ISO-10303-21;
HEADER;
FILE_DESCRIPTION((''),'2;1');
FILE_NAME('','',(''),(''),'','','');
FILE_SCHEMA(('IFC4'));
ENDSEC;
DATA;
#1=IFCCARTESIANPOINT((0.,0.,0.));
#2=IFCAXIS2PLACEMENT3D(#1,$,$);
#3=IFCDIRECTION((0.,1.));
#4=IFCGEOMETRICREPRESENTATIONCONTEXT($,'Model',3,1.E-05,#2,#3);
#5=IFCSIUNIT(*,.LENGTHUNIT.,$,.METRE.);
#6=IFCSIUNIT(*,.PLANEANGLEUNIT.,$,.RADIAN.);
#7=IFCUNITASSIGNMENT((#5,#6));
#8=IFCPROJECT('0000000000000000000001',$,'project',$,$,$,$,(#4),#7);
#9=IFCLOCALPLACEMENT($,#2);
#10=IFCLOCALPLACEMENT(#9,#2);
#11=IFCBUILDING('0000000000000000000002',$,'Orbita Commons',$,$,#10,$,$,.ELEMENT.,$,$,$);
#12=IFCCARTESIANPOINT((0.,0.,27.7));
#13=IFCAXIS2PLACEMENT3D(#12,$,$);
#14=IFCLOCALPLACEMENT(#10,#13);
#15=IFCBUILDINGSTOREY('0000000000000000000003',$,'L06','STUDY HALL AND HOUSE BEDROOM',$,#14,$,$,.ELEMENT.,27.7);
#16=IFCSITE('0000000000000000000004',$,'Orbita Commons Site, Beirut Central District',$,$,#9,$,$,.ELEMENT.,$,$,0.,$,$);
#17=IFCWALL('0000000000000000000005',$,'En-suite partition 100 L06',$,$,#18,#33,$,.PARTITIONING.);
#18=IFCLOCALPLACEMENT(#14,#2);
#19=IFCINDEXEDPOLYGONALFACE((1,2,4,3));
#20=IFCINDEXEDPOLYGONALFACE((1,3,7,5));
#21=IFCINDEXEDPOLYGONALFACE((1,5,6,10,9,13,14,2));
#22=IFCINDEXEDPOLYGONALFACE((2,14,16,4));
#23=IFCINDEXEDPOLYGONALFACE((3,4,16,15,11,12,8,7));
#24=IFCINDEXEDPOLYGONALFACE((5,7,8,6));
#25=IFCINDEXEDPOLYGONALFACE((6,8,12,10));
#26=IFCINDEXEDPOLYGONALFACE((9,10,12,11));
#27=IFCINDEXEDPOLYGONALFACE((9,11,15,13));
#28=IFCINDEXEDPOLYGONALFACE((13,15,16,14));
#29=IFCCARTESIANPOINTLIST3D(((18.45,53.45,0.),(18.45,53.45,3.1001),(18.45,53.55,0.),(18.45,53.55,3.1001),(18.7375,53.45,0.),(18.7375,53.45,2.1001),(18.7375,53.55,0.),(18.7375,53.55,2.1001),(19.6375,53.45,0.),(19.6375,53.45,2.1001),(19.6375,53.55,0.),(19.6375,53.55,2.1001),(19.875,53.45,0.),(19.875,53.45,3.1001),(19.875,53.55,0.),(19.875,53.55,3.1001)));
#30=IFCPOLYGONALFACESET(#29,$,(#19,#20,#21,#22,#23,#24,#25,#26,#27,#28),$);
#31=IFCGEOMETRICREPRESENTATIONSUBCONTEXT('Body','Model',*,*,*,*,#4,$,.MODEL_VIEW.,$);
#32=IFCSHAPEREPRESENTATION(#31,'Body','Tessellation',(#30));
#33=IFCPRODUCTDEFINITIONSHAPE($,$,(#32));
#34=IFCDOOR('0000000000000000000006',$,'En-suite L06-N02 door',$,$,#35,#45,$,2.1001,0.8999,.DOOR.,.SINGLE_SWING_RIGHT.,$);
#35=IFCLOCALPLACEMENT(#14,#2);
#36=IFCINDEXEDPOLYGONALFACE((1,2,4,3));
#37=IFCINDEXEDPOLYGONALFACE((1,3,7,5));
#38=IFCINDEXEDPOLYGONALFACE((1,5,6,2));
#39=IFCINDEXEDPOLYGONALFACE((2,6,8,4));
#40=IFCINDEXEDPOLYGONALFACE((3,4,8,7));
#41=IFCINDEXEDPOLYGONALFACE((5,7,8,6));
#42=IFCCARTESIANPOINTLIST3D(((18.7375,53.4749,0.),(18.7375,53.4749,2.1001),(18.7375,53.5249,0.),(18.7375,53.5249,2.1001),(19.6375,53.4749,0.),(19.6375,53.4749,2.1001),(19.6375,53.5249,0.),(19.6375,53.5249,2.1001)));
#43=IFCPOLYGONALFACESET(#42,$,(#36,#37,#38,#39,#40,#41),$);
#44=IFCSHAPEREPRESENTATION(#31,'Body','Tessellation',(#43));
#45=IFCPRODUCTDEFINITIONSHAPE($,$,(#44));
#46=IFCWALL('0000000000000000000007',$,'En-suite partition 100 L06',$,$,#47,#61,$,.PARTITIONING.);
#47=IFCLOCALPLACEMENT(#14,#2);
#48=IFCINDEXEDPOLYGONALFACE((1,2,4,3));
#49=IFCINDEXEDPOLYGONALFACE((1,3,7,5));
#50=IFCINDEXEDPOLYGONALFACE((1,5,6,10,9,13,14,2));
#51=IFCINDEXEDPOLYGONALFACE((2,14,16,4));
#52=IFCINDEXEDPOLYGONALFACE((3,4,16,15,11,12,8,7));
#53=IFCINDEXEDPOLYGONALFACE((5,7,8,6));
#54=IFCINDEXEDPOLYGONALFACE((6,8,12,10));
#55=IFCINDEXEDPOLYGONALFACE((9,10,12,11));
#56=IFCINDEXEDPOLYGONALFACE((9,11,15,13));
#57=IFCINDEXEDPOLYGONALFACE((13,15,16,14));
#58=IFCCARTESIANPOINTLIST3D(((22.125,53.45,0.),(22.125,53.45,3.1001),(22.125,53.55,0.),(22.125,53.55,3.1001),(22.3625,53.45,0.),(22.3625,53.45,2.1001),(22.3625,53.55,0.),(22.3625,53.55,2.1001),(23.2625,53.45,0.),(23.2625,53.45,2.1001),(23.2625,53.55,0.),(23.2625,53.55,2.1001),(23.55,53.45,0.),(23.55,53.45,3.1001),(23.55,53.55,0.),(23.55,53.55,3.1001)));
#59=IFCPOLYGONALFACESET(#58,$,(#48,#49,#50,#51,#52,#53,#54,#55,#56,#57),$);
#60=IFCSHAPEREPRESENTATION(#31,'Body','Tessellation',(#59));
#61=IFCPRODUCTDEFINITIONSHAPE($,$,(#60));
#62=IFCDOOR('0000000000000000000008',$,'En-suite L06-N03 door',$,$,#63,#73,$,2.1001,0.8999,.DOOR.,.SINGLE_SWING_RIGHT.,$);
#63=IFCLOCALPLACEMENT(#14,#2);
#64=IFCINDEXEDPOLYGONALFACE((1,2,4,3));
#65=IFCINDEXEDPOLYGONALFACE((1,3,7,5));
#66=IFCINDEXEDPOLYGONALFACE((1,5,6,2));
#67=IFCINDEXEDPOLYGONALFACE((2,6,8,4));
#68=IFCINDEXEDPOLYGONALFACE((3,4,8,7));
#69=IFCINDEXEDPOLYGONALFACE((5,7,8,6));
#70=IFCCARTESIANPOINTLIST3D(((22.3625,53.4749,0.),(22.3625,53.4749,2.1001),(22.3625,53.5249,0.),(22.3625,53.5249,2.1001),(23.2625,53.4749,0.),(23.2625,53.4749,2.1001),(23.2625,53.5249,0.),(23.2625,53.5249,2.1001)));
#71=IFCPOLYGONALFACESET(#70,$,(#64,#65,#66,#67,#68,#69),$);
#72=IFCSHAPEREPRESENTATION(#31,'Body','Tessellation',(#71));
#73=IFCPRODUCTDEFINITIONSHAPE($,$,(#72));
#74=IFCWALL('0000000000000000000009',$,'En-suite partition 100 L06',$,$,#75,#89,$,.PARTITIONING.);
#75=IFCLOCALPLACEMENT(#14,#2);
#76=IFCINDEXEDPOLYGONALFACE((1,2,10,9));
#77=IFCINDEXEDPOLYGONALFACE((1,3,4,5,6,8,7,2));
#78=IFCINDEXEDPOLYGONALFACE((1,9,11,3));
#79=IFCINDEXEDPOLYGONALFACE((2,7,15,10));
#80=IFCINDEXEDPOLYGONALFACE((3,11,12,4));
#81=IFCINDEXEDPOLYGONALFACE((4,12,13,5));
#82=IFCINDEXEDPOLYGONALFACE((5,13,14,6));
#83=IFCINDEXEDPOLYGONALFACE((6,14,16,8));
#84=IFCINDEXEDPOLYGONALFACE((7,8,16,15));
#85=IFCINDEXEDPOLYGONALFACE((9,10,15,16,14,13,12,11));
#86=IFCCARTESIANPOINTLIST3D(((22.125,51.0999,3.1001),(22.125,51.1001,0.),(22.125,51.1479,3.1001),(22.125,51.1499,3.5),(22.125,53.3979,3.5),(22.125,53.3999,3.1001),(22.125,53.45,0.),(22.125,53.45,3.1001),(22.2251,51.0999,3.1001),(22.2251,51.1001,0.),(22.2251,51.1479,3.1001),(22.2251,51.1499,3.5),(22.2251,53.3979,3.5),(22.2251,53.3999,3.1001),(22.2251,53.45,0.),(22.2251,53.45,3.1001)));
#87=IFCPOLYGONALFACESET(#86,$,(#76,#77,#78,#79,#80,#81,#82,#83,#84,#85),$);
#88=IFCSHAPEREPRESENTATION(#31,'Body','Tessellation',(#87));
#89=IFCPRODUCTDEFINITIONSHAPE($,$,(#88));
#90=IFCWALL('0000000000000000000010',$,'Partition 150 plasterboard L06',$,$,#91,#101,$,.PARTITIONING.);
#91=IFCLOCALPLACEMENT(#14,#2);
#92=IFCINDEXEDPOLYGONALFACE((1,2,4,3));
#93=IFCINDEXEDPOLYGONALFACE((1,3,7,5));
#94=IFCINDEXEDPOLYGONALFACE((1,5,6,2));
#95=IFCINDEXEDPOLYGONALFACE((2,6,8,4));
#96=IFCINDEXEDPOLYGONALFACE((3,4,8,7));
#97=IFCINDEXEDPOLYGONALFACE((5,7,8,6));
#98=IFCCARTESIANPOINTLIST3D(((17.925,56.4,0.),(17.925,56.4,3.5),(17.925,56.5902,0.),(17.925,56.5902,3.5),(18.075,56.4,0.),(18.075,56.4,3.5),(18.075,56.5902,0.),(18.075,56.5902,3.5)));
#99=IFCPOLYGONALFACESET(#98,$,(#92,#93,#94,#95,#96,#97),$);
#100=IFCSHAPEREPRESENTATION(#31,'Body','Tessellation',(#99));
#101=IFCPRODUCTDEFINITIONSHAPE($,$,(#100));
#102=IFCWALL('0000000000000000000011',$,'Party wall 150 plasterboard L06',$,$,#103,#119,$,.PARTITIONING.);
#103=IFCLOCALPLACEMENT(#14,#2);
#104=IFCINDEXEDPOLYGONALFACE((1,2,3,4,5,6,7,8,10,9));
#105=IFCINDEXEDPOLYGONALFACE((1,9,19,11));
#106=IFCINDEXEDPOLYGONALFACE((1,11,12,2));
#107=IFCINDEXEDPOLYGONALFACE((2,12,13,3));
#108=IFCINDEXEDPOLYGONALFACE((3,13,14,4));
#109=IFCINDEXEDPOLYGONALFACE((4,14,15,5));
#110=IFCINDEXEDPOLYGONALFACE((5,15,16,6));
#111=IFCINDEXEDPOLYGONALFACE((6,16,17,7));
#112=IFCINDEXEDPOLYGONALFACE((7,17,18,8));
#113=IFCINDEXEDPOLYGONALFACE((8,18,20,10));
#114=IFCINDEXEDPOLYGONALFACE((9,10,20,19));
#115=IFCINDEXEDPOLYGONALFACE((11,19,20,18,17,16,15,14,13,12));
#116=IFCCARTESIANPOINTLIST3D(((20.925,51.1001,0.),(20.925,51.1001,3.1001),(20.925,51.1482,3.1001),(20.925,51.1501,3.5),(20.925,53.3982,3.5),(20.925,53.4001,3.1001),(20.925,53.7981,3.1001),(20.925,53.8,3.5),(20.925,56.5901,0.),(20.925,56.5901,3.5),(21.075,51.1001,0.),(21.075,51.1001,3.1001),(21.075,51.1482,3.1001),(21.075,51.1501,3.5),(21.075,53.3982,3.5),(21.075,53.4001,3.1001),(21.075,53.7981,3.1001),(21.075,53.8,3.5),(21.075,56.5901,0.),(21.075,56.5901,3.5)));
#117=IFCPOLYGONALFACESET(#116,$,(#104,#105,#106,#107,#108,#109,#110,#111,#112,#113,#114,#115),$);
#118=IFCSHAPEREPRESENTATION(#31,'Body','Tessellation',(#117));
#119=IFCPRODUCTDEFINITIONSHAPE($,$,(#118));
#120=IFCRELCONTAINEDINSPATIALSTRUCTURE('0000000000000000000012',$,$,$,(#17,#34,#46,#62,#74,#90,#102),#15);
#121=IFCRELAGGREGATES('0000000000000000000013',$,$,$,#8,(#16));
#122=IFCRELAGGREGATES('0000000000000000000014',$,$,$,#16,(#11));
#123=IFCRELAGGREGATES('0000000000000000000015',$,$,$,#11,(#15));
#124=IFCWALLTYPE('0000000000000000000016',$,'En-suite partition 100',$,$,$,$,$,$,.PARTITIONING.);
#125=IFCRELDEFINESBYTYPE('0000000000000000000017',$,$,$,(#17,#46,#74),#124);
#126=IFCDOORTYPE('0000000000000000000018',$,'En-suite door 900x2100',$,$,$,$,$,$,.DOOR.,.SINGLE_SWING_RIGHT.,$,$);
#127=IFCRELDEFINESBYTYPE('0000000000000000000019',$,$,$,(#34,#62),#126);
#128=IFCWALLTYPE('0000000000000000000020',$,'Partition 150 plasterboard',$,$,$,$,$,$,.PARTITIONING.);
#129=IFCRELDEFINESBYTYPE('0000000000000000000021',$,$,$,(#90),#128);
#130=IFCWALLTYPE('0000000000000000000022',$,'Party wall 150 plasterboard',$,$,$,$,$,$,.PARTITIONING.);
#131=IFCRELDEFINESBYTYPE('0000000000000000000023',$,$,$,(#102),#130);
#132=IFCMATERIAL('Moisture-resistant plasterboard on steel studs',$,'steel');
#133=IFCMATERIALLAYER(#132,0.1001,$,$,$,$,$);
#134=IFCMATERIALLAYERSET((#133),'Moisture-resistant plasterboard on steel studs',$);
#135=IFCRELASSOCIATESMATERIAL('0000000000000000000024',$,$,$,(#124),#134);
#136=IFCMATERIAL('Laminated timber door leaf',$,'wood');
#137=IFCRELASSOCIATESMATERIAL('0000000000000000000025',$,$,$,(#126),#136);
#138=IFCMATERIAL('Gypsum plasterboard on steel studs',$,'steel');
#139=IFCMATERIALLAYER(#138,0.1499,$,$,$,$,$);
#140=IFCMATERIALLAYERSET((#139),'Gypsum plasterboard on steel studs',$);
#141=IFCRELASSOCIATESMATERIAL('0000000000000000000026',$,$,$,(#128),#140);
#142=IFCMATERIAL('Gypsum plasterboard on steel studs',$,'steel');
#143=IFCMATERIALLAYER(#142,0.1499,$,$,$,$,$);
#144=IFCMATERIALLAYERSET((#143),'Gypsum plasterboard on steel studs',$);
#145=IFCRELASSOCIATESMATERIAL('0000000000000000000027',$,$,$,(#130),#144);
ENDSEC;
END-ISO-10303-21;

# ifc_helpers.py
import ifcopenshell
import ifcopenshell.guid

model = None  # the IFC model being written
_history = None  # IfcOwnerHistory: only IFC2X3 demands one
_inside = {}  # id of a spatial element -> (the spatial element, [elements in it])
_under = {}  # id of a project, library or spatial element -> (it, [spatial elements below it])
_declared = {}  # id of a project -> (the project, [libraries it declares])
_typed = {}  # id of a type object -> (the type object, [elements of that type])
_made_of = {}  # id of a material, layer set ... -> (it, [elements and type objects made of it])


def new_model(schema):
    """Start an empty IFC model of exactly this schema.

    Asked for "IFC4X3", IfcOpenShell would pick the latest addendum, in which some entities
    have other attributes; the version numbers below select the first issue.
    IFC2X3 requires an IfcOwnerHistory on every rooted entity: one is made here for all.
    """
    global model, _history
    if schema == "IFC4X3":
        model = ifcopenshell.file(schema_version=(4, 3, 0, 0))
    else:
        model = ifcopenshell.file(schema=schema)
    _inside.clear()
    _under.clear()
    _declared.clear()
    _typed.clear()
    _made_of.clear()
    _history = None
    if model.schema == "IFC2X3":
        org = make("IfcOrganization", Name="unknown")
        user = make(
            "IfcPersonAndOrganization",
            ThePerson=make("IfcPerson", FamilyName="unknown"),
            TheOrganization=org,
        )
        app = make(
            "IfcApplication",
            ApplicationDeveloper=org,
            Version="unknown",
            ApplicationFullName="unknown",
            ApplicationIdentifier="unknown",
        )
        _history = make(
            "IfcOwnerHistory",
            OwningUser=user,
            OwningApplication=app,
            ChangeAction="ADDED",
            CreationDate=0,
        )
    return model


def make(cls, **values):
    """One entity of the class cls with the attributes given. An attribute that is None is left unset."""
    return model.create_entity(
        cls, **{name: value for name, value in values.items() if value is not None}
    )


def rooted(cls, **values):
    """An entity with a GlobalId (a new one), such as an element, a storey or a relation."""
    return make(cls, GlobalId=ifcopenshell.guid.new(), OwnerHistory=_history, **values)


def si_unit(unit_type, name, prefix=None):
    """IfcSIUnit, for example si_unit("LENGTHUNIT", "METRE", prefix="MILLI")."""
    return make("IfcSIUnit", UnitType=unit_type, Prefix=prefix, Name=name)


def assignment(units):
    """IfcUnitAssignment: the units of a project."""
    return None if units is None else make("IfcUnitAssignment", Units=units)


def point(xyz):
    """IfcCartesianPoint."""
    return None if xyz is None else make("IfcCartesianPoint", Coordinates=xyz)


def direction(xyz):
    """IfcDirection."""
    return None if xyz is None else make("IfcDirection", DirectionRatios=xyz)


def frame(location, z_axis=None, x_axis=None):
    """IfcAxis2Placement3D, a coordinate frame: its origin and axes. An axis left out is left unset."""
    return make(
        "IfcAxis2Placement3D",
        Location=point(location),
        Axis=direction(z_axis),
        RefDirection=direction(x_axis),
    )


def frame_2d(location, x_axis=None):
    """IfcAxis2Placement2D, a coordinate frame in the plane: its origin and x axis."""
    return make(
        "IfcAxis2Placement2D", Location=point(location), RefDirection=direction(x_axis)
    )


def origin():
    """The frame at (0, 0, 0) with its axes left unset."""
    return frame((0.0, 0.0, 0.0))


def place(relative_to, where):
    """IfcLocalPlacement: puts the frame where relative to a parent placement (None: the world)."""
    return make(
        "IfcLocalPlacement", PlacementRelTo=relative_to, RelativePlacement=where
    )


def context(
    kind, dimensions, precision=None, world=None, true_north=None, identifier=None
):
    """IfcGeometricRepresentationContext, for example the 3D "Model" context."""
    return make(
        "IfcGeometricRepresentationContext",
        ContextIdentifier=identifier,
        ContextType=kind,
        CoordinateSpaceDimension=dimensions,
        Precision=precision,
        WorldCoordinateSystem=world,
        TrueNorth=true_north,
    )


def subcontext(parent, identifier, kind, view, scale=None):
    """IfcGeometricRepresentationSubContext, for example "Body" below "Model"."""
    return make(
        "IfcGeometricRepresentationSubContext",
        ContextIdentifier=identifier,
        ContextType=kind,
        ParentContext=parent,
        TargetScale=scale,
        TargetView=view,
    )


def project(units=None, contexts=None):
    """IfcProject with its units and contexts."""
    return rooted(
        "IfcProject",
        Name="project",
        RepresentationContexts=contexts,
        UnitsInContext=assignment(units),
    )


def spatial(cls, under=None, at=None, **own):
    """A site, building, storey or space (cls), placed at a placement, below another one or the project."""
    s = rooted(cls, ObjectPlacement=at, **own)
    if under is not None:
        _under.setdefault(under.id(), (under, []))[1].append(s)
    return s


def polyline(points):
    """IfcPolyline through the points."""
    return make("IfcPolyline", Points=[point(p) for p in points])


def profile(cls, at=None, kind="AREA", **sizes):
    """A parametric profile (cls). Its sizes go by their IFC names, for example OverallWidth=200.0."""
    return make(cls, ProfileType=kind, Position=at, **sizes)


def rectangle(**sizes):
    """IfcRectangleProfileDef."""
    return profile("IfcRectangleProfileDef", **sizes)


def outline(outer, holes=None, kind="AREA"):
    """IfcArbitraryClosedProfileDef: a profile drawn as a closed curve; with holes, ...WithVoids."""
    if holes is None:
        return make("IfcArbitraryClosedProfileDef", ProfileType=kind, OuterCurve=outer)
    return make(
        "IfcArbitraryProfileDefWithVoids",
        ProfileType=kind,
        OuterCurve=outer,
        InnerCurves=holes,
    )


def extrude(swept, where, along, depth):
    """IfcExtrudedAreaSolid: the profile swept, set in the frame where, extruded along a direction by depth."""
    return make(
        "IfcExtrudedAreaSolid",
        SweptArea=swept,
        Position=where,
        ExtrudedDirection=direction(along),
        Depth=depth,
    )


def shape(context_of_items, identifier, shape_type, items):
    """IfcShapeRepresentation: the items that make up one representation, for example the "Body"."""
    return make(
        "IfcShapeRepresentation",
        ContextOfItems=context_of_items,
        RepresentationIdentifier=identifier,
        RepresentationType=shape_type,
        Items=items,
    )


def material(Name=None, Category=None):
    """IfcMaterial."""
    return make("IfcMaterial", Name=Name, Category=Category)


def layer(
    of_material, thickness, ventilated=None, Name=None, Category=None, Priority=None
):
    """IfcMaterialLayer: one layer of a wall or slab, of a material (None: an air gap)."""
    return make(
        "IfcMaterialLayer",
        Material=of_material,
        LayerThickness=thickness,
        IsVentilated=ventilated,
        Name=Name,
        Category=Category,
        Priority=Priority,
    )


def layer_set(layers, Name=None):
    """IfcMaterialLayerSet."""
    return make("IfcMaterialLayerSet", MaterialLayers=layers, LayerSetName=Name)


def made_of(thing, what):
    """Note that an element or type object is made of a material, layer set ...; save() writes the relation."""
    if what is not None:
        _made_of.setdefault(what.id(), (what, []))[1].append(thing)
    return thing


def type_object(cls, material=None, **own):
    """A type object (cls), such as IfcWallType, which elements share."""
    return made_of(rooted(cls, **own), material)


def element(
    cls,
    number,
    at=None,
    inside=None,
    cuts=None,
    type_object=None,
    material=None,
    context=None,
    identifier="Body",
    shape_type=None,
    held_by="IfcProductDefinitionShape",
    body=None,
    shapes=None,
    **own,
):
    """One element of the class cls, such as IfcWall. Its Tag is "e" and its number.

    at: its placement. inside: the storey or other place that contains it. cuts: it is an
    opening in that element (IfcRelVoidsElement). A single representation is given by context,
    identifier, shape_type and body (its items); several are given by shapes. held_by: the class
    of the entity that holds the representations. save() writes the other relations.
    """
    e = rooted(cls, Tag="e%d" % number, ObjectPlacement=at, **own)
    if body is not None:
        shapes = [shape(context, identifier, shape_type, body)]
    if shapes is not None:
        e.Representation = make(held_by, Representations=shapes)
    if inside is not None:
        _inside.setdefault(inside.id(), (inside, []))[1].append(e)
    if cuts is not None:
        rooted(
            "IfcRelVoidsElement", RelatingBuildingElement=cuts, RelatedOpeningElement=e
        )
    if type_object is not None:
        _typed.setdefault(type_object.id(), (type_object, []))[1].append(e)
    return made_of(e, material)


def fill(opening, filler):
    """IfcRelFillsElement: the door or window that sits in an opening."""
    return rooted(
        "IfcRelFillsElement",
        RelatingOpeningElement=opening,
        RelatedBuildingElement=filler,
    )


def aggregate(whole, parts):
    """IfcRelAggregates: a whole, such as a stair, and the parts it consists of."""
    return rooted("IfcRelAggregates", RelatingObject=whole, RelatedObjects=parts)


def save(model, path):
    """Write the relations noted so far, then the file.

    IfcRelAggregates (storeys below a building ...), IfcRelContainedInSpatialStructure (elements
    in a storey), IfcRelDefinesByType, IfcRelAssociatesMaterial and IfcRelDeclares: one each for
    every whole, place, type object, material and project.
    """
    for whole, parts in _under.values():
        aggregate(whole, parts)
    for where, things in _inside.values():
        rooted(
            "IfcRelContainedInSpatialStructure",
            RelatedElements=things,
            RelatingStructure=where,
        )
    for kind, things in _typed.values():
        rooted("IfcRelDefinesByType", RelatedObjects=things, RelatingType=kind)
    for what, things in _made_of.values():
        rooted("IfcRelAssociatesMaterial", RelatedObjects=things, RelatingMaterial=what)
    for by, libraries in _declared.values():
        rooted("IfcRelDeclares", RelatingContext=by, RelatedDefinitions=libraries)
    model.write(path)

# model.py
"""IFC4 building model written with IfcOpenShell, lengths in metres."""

from ifc_helpers import new_model, si_unit, direction, frame, frame_2d, origin, place, context, subcontext, project, spatial, polyline, rectangle, outline, extrude, material, layer, layer_set, type_object, element, fill, save


model = new_model("IFC4")

# Units and contexts
model_context = context("Model", 3, precision=1e-05, world=origin(), true_north=direction((0.0, 1.0)))
body_context = subcontext(model_context, "Body", "Model", "MODEL_VIEW")
ifc_project = project(units=[si_unit("LENGTHUNIT", "METRE"), si_unit("PLANEANGLEUNIT", "RADIAN")], contexts=[model_context])

# Site, building, storey
site_placement = place(None, origin())
site = spatial("IfcSite", under=ifc_project, at=site_placement, Name="Orbita Commons Site, Beirut Central District", CompositionType="ELEMENT", RefElevation=0.0)
building_placement = place(site_placement, origin())
building = spatial("IfcBuilding", under=site, at=building_placement, Name="Orbita Commons", CompositionType="ELEMENT")
storey_placement = place(building_placement, frame((0.0, 0.0, 27.7)))
storey = spatial("IfcBuildingStorey", under=building, at=storey_placement, Name="L06", Description="STUDY HALL AND HOUSE BEDROOM", CompositionType="ELEMENT", Elevation=27.7)

# Walls, openings, doors
ifc_material_1 = material(Name="Moisture-resistant plasterboard on steel studs", Category="steel")
ifc_layer_1 = layer(ifc_material_1, 0.1001)
ifc_layer_set_1 = layer_set([ifc_layer_1], Name="Moisture-resistant plasterboard on steel studs")
wall_type_1 = type_object("IfcWallType", Name="En-suite partition 100", PredefinedType="PARTITIONING", material=ifc_layer_set_1)
wall_1_placement = place(storey_placement, frame((18.45, 53.5, 0.0), z_axis=(0.0, 0.0, 1.0), x_axis=(1.0, 0.0, 0.0)))
wall_1 = element("IfcWall", 1, at=wall_1_placement, inside=storey, type_object=wall_type_1, Name="En-suite partition 100 L06", PredefinedType="PARTITIONING", context=body_context, shape_type="SweptSolid", body=[
    extrude(outline(polyline([(0.0, 0.0), (1.425, 0.0), (1.425, 3.1001), (0.0, 3.1001), (0.0, 0.0)])), frame((0.0, 0.05, 0.0), z_axis=(0.0, -1.0, 0.0), x_axis=(1.0, 0.0, 0.0)), (0.0, 0.0, 1.0), 0.1001),
])
opening_1_placement = place(wall_1_placement, frame((0.2876, 0.0, 0.0)))
opening_1 = element("IfcOpeningElement", 2, at=opening_1_placement, cuts=wall_1, PredefinedType="OPENING", context=body_context, shape_type="SweptSolid", body=[
    extrude(rectangle(XDim=0.8999, YDim=2.1001, at=frame_2d((0.45, 1.05))), frame((0.0, 0.0601, 0.0), z_axis=(0.0, -1.0, 0.0), x_axis=(1.0, 0.0, 0.0)), (0.0, 0.0, 1.0), 0.1201),
])
ifc_material_2 = material(Name="Laminated timber door leaf", Category="wood")
door_type = type_object("IfcDoorType", Name="En-suite door 900x2100", OperationType="SINGLE_SWING_RIGHT", PredefinedType="DOOR", material=ifc_material_2)
door_1_placement = place(opening_1_placement, origin())
door_1 = element("IfcDoor", 3, at=door_1_placement, inside=storey, type_object=door_type, Name="En-suite L06-N02 door", OperationType="SINGLE_SWING_RIGHT", OverallHeight=2.1001, OverallWidth=0.8999, PredefinedType="DOOR", context=body_context, shape_type="SweptSolid", body=[
    extrude(rectangle(XDim=0.8999, YDim=2.1001, at=frame_2d((0.45, 1.05))), frame((0.0, 0.0249, 0.0), z_axis=(0.0, -1.0, 0.0), x_axis=(1.0, 0.0, 0.0)), (0.0, 0.0, 1.0), 0.05),
])
fill(opening_1, door_1)
wall_2_placement = place(storey_placement, frame((22.125, 53.5, 0.0), z_axis=(0.0, 0.0, 1.0), x_axis=(1.0, 0.0, 0.0)))
wall_2 = element("IfcWall", 4, at=wall_2_placement, inside=storey, type_object=wall_type_1, Name="En-suite partition 100 L06", PredefinedType="PARTITIONING", context=body_context, shape_type="SweptSolid", body=[
    extrude(outline(polyline([(0.0, 0.0), (1.425, 0.0), (1.425, 3.1001), (0.0, 3.1001), (0.0, 0.0)])), frame((0.0, 0.05, 0.0), z_axis=(0.0, -1.0, 0.0), x_axis=(1.0, 0.0, 0.0)), (0.0, 0.0, 1.0), 0.1001),
])
opening_2_placement = place(wall_2_placement, frame((0.2375, 0.0, 0.0)))
opening_2 = element("IfcOpeningElement", 5, at=opening_2_placement, cuts=wall_2, PredefinedType="OPENING", context=body_context, shape_type="SweptSolid", body=[
    extrude(rectangle(XDim=0.8999, YDim=2.1001, at=frame_2d((0.45, 1.05))), frame((0.0, 0.0601, 0.0), z_axis=(0.0, -1.0, 0.0), x_axis=(1.0, 0.0, 0.0)), (0.0, 0.0, 1.0), 0.1201),
])
door_2_placement = place(opening_2_placement, origin())
door_2 = element("IfcDoor", 6, at=door_2_placement, inside=storey, type_object=door_type, Name="En-suite L06-N03 door", OperationType="SINGLE_SWING_RIGHT", OverallHeight=2.1001, OverallWidth=0.8999, PredefinedType="DOOR", context=body_context, shape_type="SweptSolid", body=[
    extrude(rectangle(XDim=0.8999, YDim=2.1001, at=frame_2d((0.45, 1.05))), frame((0.0, 0.0249, 0.0), z_axis=(0.0, -1.0, 0.0), x_axis=(1.0, 0.0, 0.0)), (0.0, 0.0, 1.0), 0.05),
])
fill(opening_2, door_2)

# Walls
wall_3_placement = place(storey_placement, frame((22.175, 53.45, 0.0), z_axis=(0.0, 0.0, 1.0), x_axis=(0.0, -1.0, 0.0)))
element("IfcWall", 7, at=wall_3_placement, inside=storey, type_object=wall_type_1, Name="En-suite partition 100 L06", PredefinedType="PARTITIONING", context=body_context, shape_type="SweptSolid", body=[
    extrude(outline(polyline([(0.0, 0.0), (2.3499, 0.0), (2.3501, 3.1001), (2.302, 3.1001), (2.3, 3.5), (0.052, 3.5), (0.05, 3.1001), (0.0, 3.1001), (0.0, 0.0)])), frame((0.0, 0.05, 0.0), z_axis=(0.0, -1.0, 0.0), x_axis=(1.0, 0.0, 0.0)), (0.0, 0.0, 1.0), 0.1001),
])
ifc_material_3 = material(Name="Gypsum plasterboard on steel studs", Category="steel")
ifc_layer_2 = layer(ifc_material_3, 0.1499)
ifc_layer_set_2 = layer_set([ifc_layer_2], Name="Gypsum plasterboard on steel studs")
wall_type_2 = type_object("IfcWallType", Name="Partition 150 plasterboard", PredefinedType="PARTITIONING", material=ifc_layer_set_2)
wall_4_placement = place(storey_placement, frame((18.0, 56.3999, 0.0), z_axis=(0.0, 0.0, 1.0), x_axis=(0.0, 1.0, 0.0)))
element("IfcWall", 8, at=wall_4_placement, inside=storey, type_object=wall_type_2, Name="Partition 150 plasterboard L06", PredefinedType="PARTITIONING", context=body_context, shape_type="SweptSolid", body=[
    extrude(rectangle(XDim=0.1902, YDim=0.1499, at=frame_2d((0.0952, 0.0))), origin(), (0.0, 0.0, 1.0), 3.5),
])
ifc_material_4 = material(Name="Gypsum plasterboard on steel studs", Category="steel")
ifc_layer_3 = layer(ifc_material_4, 0.1499)
ifc_layer_set_3 = layer_set([ifc_layer_3], Name="Gypsum plasterboard on steel studs")
wall_type_3 = type_object("IfcWallType", Name="Party wall 150 plasterboard", PredefinedType="PARTITIONING", material=ifc_layer_set_3)
wall_5_placement = place(storey_placement, frame((21.0, 56.5901, 0.0), z_axis=(0.0, 0.0, 1.0), x_axis=(0.0, -1.0, 0.0)))
element("IfcWall", 9, at=wall_5_placement, inside=storey, type_object=wall_type_3, Name="Party wall 150 plasterboard L06", PredefinedType="PARTITIONING", context=body_context, shape_type="SweptSolid", body=[
    extrude(outline(polyline([(0.0, 0.0), (5.49, 0.0), (5.49, 3.1001), (5.4419, 3.1001), (5.4399, 3.5), (3.1919, 3.5), (3.1899, 3.1001), (2.792, 3.1001), (2.79, 3.5), (0.0, 3.5), (0.0, 0.0)])), frame((0.0, 0.075, 0.0), z_axis=(0.0, -1.0, 0.0), x_axis=(1.0, 0.0, 0.0)), (0.0, 0.0, 1.0), 0.1499),
])

save(model, "model.ifc")
